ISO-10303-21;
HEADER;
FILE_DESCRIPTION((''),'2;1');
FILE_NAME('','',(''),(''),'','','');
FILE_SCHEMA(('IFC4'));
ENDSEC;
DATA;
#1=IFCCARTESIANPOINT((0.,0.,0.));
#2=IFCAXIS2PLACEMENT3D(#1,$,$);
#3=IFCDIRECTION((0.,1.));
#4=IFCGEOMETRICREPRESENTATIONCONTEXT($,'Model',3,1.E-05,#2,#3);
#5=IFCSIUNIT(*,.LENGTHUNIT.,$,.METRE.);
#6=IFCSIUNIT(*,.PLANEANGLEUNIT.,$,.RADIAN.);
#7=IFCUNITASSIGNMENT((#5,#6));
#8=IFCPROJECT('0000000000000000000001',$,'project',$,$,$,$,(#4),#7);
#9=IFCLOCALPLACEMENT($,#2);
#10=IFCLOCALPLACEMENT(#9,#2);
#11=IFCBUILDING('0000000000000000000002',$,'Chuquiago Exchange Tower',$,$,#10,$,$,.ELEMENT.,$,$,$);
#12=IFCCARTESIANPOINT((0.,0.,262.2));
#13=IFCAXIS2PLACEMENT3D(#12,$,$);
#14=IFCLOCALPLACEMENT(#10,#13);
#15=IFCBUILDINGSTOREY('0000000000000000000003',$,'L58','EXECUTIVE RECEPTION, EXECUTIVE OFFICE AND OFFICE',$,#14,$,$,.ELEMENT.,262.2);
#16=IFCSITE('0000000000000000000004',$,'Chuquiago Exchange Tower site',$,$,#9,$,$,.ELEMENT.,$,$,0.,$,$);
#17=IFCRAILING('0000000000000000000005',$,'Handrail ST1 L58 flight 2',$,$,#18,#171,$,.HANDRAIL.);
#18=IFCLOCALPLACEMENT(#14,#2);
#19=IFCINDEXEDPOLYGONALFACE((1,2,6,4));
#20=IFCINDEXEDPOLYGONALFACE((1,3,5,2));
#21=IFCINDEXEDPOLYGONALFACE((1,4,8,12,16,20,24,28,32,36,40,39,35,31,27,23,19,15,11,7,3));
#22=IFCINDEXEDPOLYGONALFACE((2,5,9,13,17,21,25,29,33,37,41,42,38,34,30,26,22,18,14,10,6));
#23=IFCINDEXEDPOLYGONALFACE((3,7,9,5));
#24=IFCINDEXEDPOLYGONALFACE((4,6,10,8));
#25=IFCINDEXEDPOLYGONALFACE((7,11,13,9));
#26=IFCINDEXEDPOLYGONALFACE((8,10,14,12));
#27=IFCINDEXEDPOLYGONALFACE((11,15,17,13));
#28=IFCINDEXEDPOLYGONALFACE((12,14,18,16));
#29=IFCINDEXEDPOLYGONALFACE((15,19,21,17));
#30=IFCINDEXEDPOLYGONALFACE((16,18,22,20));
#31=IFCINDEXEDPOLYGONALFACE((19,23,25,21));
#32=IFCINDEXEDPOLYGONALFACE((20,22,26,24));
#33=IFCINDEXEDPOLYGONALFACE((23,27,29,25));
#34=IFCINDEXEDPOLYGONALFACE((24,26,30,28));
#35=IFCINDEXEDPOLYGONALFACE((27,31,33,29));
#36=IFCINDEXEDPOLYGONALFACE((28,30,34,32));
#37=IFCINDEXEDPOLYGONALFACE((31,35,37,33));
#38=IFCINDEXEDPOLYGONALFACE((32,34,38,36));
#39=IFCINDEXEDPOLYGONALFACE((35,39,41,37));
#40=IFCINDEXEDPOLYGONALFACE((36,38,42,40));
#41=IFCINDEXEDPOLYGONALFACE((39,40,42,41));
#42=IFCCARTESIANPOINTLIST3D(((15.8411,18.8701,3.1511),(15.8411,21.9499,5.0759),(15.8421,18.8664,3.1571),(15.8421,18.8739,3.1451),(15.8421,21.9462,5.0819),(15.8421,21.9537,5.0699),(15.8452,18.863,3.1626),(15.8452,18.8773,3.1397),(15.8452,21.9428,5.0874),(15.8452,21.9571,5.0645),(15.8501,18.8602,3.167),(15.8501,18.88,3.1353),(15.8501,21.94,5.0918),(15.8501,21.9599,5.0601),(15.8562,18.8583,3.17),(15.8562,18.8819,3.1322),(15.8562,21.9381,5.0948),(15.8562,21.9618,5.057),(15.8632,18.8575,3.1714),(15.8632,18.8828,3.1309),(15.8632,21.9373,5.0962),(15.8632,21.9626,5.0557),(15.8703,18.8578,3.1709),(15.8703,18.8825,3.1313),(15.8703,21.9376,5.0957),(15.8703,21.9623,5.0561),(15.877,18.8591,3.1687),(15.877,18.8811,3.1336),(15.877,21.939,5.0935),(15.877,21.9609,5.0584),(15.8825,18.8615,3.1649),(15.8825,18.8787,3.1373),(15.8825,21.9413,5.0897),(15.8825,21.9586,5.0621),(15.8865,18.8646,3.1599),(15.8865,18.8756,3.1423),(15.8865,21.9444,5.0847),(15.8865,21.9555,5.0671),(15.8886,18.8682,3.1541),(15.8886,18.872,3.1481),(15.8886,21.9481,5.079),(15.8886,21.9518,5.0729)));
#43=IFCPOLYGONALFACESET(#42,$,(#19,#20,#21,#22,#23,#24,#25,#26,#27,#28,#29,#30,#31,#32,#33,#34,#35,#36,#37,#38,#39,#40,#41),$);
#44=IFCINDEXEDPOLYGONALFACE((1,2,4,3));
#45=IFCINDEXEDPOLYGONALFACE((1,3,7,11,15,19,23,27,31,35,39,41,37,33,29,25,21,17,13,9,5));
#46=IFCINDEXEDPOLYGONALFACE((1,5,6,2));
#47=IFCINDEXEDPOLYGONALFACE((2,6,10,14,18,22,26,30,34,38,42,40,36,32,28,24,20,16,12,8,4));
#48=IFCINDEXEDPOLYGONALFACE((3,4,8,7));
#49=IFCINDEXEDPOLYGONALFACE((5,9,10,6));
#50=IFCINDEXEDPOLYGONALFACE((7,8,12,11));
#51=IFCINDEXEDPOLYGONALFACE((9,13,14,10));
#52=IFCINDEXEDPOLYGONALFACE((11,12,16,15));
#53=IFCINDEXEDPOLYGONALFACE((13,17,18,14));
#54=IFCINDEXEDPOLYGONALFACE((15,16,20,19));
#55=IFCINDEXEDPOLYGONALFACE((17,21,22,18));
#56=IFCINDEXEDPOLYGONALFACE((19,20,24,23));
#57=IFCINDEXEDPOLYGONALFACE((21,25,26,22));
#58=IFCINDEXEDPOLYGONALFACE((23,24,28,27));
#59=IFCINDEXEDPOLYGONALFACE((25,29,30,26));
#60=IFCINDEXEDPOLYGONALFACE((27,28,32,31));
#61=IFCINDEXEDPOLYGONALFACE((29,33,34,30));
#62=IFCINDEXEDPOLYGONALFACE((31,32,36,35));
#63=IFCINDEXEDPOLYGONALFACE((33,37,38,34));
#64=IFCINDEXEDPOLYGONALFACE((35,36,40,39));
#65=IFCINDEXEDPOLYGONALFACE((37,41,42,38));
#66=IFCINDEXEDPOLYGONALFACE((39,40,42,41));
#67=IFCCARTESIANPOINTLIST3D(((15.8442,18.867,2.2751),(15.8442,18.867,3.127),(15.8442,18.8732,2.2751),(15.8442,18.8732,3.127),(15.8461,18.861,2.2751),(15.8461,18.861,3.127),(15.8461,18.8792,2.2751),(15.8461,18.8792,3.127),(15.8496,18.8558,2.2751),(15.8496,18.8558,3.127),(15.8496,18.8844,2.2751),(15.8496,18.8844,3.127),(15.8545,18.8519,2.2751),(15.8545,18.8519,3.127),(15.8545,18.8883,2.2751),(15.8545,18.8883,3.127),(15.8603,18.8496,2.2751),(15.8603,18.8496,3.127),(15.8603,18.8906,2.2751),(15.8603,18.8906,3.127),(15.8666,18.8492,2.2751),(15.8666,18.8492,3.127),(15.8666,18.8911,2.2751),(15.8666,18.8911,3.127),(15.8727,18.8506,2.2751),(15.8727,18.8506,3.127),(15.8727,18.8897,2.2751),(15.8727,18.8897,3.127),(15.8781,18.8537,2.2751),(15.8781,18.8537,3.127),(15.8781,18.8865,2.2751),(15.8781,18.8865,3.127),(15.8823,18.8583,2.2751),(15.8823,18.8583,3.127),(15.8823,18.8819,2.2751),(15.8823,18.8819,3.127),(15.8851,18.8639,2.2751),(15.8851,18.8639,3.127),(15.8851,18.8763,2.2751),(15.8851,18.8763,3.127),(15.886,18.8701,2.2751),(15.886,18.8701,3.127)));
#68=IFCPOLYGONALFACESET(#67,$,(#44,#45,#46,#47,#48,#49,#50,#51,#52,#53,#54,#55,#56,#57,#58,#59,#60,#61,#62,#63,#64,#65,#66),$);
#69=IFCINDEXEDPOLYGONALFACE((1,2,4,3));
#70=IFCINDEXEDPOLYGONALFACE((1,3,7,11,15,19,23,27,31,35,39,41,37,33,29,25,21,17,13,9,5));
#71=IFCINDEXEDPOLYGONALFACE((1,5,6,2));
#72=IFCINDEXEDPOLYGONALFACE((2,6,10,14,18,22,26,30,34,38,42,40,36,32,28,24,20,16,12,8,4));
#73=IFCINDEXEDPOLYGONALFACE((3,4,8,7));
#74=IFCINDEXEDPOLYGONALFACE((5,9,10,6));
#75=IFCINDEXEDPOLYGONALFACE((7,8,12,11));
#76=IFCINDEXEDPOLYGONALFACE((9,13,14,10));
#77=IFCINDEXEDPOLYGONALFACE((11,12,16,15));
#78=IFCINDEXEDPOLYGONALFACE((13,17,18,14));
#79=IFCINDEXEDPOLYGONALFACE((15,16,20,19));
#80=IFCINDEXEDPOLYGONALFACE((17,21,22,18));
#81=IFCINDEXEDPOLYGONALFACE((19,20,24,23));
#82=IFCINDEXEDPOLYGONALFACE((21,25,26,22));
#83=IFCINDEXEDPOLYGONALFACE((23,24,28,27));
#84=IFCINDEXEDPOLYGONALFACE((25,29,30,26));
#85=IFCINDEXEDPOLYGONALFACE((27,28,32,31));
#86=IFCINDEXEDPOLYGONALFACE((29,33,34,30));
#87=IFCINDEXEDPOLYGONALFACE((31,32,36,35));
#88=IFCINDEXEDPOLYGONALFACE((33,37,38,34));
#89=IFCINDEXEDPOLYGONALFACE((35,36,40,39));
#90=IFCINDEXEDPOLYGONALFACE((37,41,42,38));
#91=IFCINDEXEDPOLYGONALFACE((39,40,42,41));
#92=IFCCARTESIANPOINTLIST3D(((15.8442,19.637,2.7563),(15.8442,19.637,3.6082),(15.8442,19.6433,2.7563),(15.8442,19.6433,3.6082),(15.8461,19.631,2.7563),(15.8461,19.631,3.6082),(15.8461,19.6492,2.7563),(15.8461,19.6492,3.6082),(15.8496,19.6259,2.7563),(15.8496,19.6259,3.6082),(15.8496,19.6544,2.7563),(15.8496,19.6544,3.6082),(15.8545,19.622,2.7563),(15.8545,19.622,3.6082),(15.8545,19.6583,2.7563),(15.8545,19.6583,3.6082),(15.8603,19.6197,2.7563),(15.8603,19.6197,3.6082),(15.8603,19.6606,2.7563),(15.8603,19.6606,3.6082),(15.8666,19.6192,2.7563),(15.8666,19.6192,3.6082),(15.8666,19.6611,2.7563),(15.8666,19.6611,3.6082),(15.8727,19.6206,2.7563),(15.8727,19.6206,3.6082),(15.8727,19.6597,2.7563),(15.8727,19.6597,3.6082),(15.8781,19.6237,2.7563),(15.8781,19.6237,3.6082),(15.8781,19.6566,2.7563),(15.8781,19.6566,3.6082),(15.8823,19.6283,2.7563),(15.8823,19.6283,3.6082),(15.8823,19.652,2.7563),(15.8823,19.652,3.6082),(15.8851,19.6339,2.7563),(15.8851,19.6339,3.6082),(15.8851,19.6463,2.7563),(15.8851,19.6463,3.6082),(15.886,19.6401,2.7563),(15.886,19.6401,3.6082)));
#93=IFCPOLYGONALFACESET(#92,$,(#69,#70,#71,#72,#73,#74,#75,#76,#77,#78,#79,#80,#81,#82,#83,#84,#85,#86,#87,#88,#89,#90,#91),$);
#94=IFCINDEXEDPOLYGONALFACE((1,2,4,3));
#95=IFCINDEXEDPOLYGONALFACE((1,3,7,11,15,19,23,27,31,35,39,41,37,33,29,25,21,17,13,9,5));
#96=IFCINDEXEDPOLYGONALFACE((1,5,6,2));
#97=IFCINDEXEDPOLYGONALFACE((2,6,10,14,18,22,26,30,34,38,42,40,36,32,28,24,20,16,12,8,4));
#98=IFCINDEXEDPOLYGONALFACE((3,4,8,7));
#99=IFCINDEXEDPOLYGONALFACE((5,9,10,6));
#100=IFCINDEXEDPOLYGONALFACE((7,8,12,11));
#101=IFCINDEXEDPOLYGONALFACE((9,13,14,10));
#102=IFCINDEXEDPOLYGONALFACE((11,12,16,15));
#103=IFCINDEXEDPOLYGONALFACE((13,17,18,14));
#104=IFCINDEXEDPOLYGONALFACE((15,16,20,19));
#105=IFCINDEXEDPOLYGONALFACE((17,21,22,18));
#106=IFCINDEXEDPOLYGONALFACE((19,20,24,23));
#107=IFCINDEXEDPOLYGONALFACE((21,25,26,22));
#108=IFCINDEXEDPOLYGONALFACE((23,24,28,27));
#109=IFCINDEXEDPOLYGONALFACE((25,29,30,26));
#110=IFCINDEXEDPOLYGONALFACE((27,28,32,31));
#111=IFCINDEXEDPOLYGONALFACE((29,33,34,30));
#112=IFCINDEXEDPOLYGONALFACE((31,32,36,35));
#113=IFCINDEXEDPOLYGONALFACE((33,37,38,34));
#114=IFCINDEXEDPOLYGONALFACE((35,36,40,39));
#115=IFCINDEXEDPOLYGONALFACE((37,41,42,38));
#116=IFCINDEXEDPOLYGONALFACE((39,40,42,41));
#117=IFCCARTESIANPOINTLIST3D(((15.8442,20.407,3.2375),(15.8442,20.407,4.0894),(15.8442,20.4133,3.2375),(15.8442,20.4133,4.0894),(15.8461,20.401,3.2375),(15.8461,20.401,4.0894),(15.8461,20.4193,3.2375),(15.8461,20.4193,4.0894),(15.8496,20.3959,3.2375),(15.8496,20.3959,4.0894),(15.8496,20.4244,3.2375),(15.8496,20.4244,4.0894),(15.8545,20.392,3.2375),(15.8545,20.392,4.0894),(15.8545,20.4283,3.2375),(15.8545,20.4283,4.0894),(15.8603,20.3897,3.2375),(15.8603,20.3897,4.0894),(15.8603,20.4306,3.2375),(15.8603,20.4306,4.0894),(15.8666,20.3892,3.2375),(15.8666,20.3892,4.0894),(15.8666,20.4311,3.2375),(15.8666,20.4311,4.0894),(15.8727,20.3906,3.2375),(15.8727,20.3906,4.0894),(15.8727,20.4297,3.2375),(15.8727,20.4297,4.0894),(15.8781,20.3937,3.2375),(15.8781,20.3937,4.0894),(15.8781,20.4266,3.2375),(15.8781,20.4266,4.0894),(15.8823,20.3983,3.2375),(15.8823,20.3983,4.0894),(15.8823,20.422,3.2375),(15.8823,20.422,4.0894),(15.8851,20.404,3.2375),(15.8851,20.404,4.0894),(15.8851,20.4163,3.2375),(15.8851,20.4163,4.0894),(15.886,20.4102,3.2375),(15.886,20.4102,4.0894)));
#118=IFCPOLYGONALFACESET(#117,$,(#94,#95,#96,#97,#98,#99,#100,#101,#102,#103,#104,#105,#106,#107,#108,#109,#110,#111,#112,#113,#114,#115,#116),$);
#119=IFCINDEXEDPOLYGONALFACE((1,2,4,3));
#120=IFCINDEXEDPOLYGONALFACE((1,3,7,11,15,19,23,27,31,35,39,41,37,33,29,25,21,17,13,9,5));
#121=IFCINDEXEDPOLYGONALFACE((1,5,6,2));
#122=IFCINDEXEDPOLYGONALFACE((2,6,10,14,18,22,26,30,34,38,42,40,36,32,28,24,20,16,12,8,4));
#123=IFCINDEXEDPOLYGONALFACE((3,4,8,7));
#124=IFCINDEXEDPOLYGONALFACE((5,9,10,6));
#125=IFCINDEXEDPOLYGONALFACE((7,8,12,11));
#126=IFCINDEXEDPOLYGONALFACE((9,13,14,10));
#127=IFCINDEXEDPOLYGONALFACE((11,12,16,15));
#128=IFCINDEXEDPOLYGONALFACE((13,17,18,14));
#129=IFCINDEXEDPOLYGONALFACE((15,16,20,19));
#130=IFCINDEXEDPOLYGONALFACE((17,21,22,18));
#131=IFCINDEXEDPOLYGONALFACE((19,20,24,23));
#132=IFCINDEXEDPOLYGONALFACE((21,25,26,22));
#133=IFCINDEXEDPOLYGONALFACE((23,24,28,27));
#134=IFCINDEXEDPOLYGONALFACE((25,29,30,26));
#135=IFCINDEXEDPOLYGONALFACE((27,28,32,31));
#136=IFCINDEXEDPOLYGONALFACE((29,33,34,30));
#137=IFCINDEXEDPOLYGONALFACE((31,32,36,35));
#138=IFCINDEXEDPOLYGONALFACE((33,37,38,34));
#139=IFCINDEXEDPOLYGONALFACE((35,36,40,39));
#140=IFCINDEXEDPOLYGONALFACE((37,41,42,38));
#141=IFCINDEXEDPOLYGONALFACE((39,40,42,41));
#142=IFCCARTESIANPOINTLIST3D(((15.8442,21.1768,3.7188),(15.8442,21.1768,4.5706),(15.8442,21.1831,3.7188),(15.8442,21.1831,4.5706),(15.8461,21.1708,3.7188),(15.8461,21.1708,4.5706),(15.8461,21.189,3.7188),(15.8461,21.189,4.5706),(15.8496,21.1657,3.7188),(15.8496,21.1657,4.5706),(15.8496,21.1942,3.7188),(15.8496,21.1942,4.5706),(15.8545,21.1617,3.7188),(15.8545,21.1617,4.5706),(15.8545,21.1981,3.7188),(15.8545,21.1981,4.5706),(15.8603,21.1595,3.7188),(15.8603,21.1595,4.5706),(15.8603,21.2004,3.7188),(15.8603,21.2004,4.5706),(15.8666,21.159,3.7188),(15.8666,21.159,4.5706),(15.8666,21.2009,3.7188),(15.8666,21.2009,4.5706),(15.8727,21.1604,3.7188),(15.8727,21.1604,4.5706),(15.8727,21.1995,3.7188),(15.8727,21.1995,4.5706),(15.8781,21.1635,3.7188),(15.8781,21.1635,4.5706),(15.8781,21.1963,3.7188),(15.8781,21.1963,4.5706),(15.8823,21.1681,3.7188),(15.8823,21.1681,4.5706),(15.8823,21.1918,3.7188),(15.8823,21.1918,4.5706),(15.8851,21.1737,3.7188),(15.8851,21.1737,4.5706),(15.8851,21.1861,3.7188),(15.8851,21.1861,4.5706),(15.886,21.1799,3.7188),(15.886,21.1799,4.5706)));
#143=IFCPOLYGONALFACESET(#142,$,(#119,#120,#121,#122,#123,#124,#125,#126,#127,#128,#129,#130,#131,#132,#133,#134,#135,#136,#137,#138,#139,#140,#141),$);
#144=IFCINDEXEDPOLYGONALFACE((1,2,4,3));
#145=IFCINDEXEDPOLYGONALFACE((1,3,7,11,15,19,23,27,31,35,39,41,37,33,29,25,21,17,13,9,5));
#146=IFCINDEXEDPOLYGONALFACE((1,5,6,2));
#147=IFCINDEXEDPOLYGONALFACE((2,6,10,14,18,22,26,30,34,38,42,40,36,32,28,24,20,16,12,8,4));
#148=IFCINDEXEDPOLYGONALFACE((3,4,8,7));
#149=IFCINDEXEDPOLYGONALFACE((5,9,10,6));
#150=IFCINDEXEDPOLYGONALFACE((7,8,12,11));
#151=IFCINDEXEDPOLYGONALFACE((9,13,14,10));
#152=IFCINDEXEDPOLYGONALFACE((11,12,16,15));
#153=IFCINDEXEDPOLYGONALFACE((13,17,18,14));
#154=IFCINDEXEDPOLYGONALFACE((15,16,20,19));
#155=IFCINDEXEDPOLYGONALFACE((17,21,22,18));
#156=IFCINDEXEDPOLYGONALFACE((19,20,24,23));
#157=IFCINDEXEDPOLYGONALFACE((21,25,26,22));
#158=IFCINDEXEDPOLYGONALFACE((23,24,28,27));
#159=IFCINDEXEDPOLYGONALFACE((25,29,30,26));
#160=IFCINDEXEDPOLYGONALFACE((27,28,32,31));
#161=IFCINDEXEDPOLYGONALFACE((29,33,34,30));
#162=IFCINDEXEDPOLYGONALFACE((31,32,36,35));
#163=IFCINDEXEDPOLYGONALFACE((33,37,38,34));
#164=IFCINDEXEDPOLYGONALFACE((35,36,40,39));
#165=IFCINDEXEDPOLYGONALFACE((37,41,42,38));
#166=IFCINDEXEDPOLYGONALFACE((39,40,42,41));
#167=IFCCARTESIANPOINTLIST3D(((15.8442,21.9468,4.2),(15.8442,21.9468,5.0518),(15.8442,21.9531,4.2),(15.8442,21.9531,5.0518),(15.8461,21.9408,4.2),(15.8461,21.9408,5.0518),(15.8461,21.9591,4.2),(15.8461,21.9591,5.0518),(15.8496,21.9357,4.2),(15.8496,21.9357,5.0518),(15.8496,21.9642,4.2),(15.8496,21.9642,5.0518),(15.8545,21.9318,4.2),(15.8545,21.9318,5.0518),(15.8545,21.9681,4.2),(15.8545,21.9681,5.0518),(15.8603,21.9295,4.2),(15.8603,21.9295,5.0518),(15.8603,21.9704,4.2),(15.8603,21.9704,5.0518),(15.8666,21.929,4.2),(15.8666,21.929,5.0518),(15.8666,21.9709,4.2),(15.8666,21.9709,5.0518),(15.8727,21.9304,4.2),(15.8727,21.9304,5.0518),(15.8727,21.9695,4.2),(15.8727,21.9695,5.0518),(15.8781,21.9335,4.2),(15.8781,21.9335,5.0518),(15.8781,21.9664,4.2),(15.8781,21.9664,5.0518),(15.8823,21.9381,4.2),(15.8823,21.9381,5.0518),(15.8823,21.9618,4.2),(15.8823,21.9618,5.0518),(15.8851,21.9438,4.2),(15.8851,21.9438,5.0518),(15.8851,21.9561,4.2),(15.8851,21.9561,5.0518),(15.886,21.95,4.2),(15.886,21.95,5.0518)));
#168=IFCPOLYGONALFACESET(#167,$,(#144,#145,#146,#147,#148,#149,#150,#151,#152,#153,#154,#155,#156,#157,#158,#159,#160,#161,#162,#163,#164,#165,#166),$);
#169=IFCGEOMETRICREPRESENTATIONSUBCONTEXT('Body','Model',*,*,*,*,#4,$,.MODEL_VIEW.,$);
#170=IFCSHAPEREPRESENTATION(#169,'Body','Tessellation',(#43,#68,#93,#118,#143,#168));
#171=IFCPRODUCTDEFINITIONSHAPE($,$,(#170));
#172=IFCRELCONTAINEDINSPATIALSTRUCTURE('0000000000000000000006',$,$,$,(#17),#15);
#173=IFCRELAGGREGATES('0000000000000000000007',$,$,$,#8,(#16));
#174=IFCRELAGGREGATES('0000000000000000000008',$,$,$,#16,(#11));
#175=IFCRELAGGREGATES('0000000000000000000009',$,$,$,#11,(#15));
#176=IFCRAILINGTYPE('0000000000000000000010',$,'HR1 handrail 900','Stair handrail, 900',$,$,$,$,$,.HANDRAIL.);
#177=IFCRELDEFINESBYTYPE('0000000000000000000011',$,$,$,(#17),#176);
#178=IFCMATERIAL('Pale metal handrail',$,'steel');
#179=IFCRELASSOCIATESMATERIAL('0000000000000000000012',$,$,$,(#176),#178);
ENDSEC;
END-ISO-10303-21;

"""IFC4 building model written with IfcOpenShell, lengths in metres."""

from ifc_helpers import new_model, si_unit, direction, frame, origin, origin_2d, place, context, subcontext, project, spatial, circle, extrude, material, type_object, element, save


model = new_model("IFC4")

# Units and contexts
model_context = context("Model", 3, precision=1e-05, world=origin(), true_north=direction((0.0, 1.0)))
body_context = subcontext(model_context, "Body", "Model", "MODEL_VIEW")
ifc_project = project(units=[si_unit("LENGTHUNIT", "METRE"), si_unit("PLANEANGLEUNIT", "RADIAN")], contexts=[model_context])

# Site, building, storey
site_placement = place(None, origin())
site = spatial("IfcSite", under=ifc_project, at=site_placement, Name="Chuquiago Exchange Tower site", CompositionType="ELEMENT", RefElevation=0.0)
building_placement = place(site_placement, origin())
building = spatial("IfcBuilding", under=site, at=building_placement, Name="Chuquiago Exchange Tower", CompositionType="ELEMENT")
storey_placement = place(building_placement, frame((0.0, 0.0, 262.2)))
storey = spatial("IfcBuildingStorey", under=building, at=storey_placement, Name="L58", Description="EXECUTIVE RECEPTION, EXECUTIVE OFFICE AND OFFICE", CompositionType="ELEMENT", Elevation=262.2)

# Railing
ifc_material_1 = material(Name="Pale metal handrail", Category="steel")
railing_type_1 = type_object("IfcRailingType", Name="HR1 handrail 900", Description="Stair handrail, 900", PredefinedType="HANDRAIL", material=ifc_material_1)
for number, where, name in (
    (1, (15.865, 18.8701, 2.2751), "Handrail ST1 L58 flight 2"),
):
    element("IfcRailing", number, at=place(storey_placement, frame(where)), inside=storey, type_object=railing_type_1, Name=name, PredefinedType="HANDRAIL", context=body_context, shape_type="SweptSolid", body=[
        extrude(circle(Radius=0.0239, at=origin_2d()), frame((0.0, 0.0, 0.876), z_axis=(0.0, 0.84801, 0.529981), x_axis=(-1.0, 0.0, 0.0)), (0.0, 0.0, 1.0), 3.6318),
        extrude(circle(Radius=0.021, at=origin_2d()), origin(), (0.0, 0.0, 1.0), 0.8518),
        extrude(circle(Radius=0.021, at=origin_2d()), frame((0.0, 0.77, 0.4812)), (0.0, 0.0, 1.0), 0.8518),
        extrude(circle(Radius=0.021, at=origin_2d()), frame((0.0, 1.54, 0.9624)), (0.0, 0.0, 1.0), 0.8518),
        extrude(circle(Radius=0.021, at=origin_2d()), frame((0.0, 2.3098, 1.4436)), (0.0, 0.0, 1.0), 0.8518),
        extrude(circle(Radius=0.021, at=origin_2d()), frame((0.0, 3.0798, 1.9248)), (0.0, 0.0, 1.0), 0.8518),
    ])

save(model, "model.ifc")
